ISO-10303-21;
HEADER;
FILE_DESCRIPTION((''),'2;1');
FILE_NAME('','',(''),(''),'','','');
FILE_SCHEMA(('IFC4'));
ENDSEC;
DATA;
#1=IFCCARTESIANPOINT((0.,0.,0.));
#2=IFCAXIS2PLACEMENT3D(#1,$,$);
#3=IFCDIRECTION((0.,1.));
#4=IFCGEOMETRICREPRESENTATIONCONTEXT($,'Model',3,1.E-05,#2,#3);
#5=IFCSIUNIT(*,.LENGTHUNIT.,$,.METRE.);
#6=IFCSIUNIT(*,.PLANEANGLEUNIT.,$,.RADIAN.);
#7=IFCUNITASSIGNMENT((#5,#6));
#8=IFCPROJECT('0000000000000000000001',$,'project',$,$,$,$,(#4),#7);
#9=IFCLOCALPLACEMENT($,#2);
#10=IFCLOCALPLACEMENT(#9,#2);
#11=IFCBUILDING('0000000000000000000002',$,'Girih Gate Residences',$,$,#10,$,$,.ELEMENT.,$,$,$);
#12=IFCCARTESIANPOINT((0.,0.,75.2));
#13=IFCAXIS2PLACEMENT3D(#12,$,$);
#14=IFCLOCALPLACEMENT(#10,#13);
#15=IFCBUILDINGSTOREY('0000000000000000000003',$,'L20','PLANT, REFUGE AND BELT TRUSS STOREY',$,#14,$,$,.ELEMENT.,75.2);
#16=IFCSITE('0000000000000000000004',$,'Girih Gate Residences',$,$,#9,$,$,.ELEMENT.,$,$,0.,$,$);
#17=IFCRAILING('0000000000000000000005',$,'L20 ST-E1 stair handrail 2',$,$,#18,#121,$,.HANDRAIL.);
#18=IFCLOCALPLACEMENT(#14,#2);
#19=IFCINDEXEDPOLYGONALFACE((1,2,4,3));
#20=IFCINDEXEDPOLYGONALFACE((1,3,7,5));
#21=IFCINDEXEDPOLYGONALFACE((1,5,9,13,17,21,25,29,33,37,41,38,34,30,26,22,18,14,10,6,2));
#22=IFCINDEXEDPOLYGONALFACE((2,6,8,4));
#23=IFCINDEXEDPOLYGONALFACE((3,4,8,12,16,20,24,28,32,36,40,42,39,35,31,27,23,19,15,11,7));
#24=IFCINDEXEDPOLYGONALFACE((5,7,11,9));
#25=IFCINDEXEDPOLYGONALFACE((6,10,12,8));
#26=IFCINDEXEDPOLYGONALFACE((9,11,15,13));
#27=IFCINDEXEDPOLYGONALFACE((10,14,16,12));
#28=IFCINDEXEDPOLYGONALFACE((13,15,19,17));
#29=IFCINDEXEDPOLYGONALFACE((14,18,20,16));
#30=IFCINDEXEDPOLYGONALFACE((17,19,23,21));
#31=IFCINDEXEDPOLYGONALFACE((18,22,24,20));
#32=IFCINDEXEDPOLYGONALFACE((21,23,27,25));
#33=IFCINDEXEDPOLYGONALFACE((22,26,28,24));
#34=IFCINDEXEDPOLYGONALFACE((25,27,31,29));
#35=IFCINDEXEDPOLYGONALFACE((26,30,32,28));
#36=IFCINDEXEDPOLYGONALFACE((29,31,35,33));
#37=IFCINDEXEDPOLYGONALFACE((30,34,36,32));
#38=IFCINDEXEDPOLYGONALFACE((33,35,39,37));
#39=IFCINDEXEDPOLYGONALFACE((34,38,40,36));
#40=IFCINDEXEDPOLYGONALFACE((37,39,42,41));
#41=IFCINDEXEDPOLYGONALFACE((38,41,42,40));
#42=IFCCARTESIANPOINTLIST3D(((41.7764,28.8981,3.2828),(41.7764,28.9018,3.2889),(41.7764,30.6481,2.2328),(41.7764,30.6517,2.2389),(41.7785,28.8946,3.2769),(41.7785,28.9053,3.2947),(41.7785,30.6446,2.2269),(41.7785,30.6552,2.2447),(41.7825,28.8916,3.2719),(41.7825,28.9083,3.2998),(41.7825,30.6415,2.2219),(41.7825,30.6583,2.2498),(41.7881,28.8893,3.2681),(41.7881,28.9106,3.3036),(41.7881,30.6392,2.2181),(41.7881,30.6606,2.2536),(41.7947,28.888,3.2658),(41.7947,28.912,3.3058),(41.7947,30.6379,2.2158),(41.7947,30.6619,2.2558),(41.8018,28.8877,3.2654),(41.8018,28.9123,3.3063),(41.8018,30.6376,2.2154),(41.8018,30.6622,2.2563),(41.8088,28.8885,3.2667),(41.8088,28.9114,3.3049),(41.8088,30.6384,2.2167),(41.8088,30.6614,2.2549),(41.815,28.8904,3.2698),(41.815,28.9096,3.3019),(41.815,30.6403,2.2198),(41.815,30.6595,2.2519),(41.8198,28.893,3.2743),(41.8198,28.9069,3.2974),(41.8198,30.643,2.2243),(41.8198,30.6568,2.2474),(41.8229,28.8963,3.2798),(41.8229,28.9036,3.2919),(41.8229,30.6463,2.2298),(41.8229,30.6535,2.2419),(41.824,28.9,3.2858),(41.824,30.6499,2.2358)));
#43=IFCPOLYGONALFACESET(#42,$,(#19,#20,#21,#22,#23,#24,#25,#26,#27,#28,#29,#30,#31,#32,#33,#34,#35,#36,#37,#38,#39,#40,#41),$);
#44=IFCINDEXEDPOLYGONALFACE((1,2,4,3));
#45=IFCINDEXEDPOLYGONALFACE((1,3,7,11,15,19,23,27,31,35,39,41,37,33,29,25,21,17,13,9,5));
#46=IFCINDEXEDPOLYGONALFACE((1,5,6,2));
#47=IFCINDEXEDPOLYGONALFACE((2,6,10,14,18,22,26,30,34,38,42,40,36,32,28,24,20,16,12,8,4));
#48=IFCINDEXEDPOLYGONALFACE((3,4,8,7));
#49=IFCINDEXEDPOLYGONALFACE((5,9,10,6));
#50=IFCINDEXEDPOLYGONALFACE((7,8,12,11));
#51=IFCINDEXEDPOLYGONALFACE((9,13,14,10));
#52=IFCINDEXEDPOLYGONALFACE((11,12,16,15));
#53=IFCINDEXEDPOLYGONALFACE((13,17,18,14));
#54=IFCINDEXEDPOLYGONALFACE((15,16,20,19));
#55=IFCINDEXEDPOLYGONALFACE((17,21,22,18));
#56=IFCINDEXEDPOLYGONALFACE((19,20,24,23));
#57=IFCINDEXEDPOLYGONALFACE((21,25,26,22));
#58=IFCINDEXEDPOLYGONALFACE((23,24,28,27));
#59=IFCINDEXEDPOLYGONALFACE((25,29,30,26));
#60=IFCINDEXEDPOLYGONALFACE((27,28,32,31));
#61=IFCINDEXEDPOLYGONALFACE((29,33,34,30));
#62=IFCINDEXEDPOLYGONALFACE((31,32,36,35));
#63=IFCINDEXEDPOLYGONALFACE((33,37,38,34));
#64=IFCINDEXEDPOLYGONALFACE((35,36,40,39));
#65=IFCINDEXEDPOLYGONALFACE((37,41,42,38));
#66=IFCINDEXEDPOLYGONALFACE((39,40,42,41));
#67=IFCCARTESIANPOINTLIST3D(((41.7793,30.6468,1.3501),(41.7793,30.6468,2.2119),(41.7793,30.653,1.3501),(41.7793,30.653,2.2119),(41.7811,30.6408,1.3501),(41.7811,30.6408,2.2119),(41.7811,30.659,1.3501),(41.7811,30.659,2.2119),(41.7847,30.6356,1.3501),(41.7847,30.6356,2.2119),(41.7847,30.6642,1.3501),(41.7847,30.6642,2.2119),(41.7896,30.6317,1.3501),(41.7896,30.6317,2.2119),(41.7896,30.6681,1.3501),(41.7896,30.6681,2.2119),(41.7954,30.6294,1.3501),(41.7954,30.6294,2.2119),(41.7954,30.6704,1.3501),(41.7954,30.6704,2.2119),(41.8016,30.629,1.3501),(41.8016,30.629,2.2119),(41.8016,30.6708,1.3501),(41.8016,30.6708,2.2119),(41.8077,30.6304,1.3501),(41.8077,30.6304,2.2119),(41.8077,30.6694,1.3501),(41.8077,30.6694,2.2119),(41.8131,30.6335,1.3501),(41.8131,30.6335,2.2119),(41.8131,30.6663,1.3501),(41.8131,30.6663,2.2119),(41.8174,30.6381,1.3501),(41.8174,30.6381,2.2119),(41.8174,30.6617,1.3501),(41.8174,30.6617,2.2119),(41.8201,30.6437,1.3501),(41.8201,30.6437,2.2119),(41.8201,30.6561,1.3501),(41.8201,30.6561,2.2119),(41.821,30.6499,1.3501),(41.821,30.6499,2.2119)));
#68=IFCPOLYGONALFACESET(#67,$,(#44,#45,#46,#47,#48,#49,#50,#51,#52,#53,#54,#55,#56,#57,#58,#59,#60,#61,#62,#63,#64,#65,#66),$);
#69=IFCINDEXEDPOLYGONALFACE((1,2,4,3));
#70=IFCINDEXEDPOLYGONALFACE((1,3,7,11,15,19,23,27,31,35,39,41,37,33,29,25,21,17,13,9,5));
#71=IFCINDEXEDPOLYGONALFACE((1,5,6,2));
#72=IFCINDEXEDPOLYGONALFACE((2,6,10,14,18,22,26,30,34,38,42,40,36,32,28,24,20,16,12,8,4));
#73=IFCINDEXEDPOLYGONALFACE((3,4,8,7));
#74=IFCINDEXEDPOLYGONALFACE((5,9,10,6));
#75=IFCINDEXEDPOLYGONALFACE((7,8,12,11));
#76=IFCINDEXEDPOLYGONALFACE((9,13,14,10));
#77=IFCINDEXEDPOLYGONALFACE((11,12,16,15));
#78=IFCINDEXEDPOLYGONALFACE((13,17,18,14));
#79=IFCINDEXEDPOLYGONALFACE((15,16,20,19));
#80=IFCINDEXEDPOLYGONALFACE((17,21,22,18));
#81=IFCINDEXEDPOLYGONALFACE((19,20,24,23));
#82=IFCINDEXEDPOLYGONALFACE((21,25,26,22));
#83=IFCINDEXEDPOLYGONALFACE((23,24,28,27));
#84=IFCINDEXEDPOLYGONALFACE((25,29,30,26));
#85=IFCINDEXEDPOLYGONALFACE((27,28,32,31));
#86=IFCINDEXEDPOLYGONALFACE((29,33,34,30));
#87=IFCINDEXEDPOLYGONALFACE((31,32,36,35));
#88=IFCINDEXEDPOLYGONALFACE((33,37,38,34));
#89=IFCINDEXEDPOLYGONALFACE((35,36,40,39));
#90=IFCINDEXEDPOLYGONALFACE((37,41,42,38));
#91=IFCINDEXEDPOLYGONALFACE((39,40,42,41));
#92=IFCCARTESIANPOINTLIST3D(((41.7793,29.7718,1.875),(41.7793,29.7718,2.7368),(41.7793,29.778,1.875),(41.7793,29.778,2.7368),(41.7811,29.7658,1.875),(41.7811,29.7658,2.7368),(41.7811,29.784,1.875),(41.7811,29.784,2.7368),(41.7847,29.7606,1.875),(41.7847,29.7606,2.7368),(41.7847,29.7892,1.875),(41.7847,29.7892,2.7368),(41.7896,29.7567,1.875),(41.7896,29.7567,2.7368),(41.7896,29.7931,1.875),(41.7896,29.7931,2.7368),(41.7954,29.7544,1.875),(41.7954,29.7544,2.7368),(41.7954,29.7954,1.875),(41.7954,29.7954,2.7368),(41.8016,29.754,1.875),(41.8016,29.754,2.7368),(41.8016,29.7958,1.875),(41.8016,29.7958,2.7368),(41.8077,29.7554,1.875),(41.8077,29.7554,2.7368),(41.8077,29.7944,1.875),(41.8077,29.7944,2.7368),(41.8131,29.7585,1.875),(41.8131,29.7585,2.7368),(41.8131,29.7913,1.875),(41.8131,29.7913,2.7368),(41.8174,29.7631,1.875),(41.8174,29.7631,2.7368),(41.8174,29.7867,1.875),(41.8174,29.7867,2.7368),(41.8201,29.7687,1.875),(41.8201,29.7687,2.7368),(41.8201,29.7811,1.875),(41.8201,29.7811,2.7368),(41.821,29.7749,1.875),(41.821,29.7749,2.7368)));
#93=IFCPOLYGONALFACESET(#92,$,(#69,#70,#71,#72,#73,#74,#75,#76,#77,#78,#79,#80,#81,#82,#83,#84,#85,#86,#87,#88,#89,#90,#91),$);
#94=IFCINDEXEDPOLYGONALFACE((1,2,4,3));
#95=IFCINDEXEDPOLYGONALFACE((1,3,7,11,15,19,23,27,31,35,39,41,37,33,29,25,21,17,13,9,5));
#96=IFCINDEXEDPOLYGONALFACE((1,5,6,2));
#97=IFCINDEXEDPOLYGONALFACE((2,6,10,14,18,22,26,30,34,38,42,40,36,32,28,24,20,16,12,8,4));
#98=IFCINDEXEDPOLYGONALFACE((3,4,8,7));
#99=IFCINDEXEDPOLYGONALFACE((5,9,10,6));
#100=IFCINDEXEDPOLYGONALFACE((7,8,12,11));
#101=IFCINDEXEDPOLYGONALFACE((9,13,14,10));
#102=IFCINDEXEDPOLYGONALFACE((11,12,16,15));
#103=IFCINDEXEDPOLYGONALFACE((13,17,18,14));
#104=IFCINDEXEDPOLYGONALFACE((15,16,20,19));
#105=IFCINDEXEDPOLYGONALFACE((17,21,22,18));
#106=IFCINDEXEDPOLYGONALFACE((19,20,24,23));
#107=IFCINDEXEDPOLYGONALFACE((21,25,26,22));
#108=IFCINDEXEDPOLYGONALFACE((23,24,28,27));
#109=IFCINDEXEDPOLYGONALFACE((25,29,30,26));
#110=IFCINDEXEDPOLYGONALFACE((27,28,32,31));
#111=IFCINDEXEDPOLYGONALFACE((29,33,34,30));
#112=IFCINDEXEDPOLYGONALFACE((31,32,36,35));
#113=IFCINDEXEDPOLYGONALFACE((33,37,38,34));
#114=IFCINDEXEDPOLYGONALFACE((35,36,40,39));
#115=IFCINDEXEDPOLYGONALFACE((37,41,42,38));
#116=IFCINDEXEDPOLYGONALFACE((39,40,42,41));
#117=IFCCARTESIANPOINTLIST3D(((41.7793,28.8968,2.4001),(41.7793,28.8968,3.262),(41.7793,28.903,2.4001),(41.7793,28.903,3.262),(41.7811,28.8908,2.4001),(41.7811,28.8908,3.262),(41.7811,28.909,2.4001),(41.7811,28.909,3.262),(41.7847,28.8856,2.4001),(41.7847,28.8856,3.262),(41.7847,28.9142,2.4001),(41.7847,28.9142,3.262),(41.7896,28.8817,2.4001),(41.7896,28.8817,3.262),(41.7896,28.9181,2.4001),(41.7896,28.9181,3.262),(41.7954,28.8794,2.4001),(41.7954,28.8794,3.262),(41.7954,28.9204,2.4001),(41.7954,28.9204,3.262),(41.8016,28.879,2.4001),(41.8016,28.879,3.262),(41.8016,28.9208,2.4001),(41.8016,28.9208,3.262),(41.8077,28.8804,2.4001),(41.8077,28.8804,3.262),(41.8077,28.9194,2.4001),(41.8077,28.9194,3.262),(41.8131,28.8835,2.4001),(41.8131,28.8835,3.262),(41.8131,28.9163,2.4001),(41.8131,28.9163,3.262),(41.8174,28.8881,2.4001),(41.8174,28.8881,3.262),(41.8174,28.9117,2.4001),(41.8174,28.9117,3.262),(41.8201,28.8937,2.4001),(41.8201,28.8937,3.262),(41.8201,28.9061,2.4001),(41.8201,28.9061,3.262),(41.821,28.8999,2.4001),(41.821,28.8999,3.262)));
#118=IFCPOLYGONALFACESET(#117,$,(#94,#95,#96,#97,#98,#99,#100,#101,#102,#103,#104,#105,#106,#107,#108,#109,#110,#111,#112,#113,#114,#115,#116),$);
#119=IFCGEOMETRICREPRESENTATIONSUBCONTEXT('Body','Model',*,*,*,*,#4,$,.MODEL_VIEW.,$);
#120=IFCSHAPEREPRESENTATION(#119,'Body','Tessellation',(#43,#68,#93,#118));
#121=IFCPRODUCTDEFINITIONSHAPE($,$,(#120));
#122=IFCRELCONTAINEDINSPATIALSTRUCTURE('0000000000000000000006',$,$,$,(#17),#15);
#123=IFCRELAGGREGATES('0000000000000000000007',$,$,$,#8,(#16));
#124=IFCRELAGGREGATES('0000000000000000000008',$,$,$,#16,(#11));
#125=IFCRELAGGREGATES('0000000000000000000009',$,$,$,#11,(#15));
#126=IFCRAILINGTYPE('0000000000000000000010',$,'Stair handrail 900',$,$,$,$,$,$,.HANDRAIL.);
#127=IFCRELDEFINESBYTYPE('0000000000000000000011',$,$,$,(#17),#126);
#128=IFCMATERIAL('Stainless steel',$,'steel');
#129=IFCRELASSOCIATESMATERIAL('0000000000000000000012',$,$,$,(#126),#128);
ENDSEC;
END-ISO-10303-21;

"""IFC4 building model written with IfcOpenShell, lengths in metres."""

from ifc_helpers import new_model, si_unit, direction, frame, origin, origin_2d, place, context, subcontext, project, spatial, circle, extrude, material, type_object, element, save


model = new_model("IFC4")

# Units and contexts
model_context = context("Model", 3, precision=1e-05, world=origin(), true_north=direction((0.0, 1.0)))
body_context = subcontext(model_context, "Body", "Model", "MODEL_VIEW")
ifc_project = project(units=[si_unit("LENGTHUNIT", "METRE"), si_unit("PLANEANGLEUNIT", "RADIAN")], contexts=[model_context])

# Site, building, storey
site_placement = place(None, origin())
site = spatial("IfcSite", under=ifc_project, at=site_placement, Name="Girih Gate Residences", CompositionType="ELEMENT", RefElevation=0.0)
building_placement = place(site_placement, origin())
building = spatial("IfcBuilding", under=site, at=building_placement, Name="Girih Gate Residences", CompositionType="ELEMENT")
storey_placement = place(building_placement, frame((0.0, 0.0, 75.2)))
storey = spatial("IfcBuildingStorey", under=building, at=storey_placement, Name="L20", Description="PLANT, REFUGE AND BELT TRUSS STOREY", CompositionType="ELEMENT", Elevation=75.2)

# Railing
ifc_material_1 = material(Name="Stainless steel", Category="steel")
railing_type_1 = type_object("IfcRailingType", Name="Stair handrail 900", PredefinedType="HANDRAIL", material=ifc_material_1)
railing_1_placement = place(storey_placement, frame((41.8, 30.6499, 1.3501)))
element("IfcRailing", 1, at=railing_1_placement, inside=storey, type_object=railing_type_1, Name="L20 ST-E1 stair handrail 2", PredefinedType="HANDRAIL", context=body_context, shape_type="SweptSolid", body=[
    extrude(circle(Radius=0.0239, at=origin_2d()), frame((0.0, 0.0, 0.8857), z_axis=(0.0, -0.857482, 0.514513), x_axis=(1.0, 0.0, 0.0)), (0.0, 0.0, 1.0), 2.0408),
    extrude(circle(Radius=0.021, at=origin_2d()), origin(), (0.0, 0.0, 1.0), 0.8618),
    extrude(circle(Radius=0.021, at=origin_2d()), frame((0.0, -0.875, 0.5249)), (0.0, 0.0, 1.0), 0.8618),
    extrude(circle(Radius=0.021, at=origin_2d()), frame((0.0, -1.75, 1.05)), (0.0, 0.0, 1.0), 0.8618),
])

save(model, "model.ifc")
